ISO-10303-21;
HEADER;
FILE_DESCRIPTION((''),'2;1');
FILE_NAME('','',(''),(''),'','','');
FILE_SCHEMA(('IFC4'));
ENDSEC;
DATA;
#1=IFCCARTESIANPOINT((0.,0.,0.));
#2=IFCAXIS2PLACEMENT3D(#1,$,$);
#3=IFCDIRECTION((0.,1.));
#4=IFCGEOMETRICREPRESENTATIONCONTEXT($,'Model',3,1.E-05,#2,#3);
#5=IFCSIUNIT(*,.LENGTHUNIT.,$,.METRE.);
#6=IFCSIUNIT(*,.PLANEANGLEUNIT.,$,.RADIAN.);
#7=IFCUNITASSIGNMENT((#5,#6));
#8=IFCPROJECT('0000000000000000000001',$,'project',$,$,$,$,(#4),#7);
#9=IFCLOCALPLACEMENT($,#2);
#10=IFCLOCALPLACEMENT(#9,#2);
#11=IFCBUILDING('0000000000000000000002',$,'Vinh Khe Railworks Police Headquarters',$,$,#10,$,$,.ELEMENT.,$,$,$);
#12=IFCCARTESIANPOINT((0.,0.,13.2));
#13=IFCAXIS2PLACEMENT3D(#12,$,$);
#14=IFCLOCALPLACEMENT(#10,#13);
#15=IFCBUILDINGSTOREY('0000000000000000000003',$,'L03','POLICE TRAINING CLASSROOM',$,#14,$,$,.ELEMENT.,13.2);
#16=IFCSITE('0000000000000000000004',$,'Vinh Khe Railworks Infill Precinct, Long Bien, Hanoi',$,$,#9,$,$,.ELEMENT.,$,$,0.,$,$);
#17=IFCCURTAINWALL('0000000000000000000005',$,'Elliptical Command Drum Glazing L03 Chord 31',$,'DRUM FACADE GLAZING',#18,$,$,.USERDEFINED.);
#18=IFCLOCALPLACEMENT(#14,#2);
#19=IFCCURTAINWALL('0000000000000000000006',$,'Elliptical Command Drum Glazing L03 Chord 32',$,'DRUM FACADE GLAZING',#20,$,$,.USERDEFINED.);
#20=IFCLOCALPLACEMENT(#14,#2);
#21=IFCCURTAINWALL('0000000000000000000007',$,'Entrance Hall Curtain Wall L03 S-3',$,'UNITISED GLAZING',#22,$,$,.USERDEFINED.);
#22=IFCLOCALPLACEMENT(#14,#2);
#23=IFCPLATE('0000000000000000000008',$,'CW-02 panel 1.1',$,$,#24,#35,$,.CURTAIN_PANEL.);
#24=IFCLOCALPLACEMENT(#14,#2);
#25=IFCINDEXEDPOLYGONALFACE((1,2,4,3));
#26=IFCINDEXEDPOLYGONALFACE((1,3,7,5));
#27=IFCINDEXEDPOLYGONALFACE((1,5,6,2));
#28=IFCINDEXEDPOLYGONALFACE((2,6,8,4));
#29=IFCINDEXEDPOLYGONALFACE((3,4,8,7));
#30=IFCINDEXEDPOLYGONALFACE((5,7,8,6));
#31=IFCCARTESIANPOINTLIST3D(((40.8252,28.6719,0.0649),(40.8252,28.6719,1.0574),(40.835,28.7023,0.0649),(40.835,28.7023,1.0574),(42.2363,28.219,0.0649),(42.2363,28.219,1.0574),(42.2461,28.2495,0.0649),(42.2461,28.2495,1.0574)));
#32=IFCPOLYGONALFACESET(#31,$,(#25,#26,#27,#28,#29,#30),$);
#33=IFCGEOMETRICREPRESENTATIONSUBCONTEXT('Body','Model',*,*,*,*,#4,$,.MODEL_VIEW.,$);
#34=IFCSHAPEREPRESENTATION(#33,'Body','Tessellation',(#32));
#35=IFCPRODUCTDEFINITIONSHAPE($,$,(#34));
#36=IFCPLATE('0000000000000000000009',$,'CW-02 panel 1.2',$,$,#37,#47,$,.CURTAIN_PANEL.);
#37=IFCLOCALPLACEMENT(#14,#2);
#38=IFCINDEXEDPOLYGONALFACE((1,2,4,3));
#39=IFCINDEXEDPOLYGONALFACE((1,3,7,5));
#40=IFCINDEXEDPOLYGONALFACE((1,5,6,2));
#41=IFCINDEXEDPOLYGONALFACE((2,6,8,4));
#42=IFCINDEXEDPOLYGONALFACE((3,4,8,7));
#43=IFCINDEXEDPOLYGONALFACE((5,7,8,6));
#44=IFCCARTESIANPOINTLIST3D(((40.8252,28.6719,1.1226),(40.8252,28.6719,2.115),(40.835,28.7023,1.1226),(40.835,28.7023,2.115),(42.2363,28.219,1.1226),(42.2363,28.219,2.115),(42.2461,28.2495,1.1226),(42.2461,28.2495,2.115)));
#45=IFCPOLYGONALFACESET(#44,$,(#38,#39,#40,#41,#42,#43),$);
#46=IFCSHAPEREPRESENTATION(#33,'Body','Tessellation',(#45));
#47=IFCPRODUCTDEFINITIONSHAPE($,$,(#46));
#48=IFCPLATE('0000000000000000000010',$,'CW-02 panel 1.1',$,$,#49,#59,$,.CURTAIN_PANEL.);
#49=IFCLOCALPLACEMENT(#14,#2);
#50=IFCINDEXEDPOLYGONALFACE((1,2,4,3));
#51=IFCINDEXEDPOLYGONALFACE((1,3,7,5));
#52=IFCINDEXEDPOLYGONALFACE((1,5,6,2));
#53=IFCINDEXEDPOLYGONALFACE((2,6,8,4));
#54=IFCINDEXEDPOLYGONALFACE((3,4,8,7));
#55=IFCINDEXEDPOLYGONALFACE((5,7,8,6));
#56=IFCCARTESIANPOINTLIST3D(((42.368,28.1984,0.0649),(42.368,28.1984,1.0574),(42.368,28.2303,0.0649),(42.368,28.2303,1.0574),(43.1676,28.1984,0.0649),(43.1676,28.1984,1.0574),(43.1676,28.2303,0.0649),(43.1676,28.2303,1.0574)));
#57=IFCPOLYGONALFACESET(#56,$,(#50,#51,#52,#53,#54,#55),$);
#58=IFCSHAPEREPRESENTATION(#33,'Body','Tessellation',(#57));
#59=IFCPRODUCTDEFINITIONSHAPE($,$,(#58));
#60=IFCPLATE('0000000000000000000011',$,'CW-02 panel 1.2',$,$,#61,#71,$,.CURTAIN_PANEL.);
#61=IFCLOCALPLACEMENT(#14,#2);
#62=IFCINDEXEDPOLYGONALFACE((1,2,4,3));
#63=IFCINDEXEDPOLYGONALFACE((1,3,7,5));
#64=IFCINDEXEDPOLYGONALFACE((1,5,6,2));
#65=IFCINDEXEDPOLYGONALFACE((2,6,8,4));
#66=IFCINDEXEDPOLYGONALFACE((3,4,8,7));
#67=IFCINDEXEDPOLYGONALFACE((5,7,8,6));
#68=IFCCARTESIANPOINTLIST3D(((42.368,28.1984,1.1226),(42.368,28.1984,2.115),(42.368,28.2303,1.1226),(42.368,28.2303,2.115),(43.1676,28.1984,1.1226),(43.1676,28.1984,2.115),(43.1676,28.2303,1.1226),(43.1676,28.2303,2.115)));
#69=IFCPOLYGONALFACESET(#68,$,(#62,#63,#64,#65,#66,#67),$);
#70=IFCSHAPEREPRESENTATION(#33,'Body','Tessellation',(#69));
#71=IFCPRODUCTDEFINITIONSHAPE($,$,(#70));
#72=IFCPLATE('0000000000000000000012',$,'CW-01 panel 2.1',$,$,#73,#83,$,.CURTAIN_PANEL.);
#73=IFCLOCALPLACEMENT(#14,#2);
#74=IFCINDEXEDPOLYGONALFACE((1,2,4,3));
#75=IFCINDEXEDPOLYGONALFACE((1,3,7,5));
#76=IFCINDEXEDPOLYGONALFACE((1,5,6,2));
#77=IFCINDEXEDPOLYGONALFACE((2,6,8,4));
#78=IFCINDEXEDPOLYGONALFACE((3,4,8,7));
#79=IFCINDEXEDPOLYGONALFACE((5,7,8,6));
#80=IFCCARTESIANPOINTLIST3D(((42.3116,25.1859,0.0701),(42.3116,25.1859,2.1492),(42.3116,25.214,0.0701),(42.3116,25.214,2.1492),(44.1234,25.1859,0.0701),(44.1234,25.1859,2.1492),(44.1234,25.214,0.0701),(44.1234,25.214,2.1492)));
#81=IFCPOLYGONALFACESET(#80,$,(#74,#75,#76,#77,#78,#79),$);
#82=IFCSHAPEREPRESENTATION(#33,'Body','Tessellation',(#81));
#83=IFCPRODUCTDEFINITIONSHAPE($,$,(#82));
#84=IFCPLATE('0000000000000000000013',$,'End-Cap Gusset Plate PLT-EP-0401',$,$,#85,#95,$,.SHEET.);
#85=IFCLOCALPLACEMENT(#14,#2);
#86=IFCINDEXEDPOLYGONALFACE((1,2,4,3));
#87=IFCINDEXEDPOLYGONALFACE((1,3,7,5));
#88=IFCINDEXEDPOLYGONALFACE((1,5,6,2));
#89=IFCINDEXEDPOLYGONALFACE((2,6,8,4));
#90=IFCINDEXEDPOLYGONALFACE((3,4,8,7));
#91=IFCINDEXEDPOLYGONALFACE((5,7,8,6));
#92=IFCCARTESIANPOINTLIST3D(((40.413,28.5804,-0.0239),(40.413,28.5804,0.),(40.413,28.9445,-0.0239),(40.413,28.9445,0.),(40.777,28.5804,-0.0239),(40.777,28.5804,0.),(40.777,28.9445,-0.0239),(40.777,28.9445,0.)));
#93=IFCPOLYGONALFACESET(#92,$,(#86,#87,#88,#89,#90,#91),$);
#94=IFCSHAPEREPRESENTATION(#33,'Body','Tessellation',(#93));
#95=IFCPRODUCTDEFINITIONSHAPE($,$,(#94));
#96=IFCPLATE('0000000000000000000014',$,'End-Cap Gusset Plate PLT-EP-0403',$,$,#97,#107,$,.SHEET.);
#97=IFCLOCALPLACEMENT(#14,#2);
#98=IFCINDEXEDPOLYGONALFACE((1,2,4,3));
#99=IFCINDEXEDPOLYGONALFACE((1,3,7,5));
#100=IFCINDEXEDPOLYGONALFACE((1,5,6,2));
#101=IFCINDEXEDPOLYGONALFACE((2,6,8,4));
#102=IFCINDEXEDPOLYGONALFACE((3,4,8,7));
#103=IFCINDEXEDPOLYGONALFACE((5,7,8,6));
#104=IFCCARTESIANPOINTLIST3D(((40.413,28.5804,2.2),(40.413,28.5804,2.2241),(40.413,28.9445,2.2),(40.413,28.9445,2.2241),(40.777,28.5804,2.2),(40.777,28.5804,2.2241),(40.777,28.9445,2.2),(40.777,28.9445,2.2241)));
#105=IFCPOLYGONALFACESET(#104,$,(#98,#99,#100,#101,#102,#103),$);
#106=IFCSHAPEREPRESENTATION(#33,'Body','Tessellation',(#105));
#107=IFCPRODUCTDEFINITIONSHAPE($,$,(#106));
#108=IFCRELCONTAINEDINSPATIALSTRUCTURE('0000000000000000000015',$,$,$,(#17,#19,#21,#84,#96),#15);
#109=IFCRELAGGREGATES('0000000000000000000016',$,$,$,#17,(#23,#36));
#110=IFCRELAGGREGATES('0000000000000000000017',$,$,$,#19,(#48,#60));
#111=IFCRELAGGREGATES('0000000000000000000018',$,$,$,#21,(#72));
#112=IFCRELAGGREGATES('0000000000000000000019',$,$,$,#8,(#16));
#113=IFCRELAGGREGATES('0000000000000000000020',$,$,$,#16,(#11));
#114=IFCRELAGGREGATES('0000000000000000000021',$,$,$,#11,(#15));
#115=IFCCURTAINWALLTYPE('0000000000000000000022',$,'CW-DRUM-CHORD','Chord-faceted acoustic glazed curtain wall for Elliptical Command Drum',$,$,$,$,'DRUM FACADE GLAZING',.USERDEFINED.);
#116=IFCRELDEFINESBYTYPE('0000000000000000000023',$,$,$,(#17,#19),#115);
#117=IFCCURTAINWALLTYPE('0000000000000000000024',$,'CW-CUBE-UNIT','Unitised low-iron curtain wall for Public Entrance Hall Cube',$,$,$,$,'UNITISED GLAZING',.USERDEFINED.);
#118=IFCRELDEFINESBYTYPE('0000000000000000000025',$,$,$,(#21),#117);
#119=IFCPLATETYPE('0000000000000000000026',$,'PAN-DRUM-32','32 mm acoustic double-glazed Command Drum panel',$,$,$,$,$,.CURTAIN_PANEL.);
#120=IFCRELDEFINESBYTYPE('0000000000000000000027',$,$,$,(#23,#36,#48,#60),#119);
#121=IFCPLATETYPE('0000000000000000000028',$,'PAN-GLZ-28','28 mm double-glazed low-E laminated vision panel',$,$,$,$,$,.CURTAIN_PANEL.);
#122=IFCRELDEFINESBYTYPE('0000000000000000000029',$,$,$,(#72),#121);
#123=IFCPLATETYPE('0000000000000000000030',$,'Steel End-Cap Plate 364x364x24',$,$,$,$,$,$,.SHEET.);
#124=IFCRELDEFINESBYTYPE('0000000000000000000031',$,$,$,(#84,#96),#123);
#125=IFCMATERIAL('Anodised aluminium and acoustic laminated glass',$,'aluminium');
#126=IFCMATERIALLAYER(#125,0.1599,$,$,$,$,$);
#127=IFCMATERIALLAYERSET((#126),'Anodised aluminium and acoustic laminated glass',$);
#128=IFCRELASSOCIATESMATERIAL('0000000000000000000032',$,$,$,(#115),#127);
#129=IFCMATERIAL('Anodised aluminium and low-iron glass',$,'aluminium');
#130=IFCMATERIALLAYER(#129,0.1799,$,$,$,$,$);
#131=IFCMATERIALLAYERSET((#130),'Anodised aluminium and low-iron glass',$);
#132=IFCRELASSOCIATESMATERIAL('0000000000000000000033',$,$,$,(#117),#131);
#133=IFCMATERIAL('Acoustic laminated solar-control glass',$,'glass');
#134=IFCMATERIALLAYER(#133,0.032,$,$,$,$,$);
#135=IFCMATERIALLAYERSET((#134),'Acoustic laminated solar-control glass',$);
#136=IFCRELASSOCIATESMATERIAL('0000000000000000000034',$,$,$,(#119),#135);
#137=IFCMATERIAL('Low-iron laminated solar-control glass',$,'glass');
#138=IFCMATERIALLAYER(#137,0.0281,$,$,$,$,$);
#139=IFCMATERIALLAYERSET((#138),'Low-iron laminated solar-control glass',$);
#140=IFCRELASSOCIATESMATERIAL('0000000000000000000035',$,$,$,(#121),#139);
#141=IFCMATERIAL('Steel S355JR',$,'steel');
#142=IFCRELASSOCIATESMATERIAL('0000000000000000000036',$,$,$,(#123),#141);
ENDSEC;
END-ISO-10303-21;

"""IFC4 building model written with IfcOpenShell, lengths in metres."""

from ifc_helpers import new_model, si_unit, direction, frame, origin, origin_2d, place, context, subcontext, project, spatial, rectangle, extrude, material, layer, layer_set, material_profile, profile_set, type_object, element, aggregate, save


model = new_model("IFC4")

# Units and contexts
model_context = context("Model", 3, precision=1e-05, world=origin(), true_north=direction((0.0, 1.0)))
body_context = subcontext(model_context, "Body", "Model", "MODEL_VIEW")
ifc_project = project(units=[si_unit("LENGTHUNIT", "METRE"), si_unit("PLANEANGLEUNIT", "RADIAN")], contexts=[model_context])

# Site, building, storey
site_placement = place(None, origin())
site = spatial("IfcSite", under=ifc_project, at=site_placement, Name="Vinh Khe Railworks Infill Precinct, Long Bien, Hanoi", CompositionType="ELEMENT", RefElevation=0.0)
building_placement = place(site_placement, origin())
building = spatial("IfcBuilding", under=site, at=building_placement, Name="Vinh Khe Railworks Police Headquarters", CompositionType="ELEMENT")
storey_placement = place(building_placement, frame((0.0, 0.0, 13.2)))
storey = spatial("IfcBuildingStorey", under=building, at=storey_placement, Name="L03", Description="POLICE TRAINING CLASSROOM", CompositionType="ELEMENT", Elevation=13.2)

# Shared definitions
ifc_material_1 = material(Name="Steel S355JR", Category="steel")

# Shared definitions
ifc_material_2 = material(Name="Anodised aluminium and acoustic laminated glass", Category="aluminium")
ifc_layer_1 = layer(ifc_material_2, 0.1599)
ifc_layer_set_1 = layer_set([ifc_layer_1], Name="Anodised aluminium and acoustic laminated glass")
curtain_wall_type_1 = type_object("IfcCurtainWallType", Name="CW-DRUM-CHORD", Description="Chord-faceted acoustic glazed curtain wall for Elliptical Command Drum", ElementType="DRUM FACADE GLAZING", PredefinedType="USERDEFINED", material=ifc_layer_set_1)

# Curtain walls
curtain_wall_1_placement = place(storey_placement, origin())
curtain_wall_1 = element("IfcCurtainWall", 1, at=curtain_wall_1_placement, inside=storey, type_object=curtain_wall_type_1, Name="Elliptical Command Drum Glazing L03 Chord 31", ObjectType="DRUM FACADE GLAZING", PredefinedType="USERDEFINED")
curtain_wall_2_placement = place(storey_placement, origin())
curtain_wall_2 = element("IfcCurtainWall", 2, at=curtain_wall_2_placement, inside=storey, type_object=curtain_wall_type_1, Name="Elliptical Command Drum Glazing L03 Chord 32", ObjectType="DRUM FACADE GLAZING", PredefinedType="USERDEFINED")

# Curtain wall
ifc_material_3 = material(Name="Anodised aluminium and low-iron glass", Category="aluminium")
ifc_layer_2 = layer(ifc_material_3, 0.1799)
ifc_layer_set_2 = layer_set([ifc_layer_2], Name="Anodised aluminium and low-iron glass")
curtain_wall_type_2 = type_object("IfcCurtainWallType", Name="CW-CUBE-UNIT", Description="Unitised low-iron curtain wall for Public Entrance Hall Cube", ElementType="UNITISED GLAZING", PredefinedType="USERDEFINED", material=ifc_layer_set_2)
curtain_wall_3_placement = place(storey_placement, origin())
curtain_wall_3 = element("IfcCurtainWall", 3, at=curtain_wall_3_placement, inside=storey, type_object=curtain_wall_type_2, Name="Entrance Hall Curtain Wall L03 S-3", ObjectType="UNITISED GLAZING", PredefinedType="USERDEFINED")

# Plates
ifc_material_4 = material(Name="Acoustic laminated solar-control glass", Category="glass")
ifc_layer_3 = layer(ifc_material_4, 0.032)
ifc_layer_set_3 = layer_set([ifc_layer_3], Name="Acoustic laminated solar-control glass")
plate_type_1 = type_object("IfcPlateType", Name="PAN-DRUM-32", Description="32 mm acoustic double-glazed Command Drum panel", PredefinedType="CURTAIN_PANEL", material=ifc_layer_set_3)
plate_1_placement = place(storey_placement, frame((41.5356, 28.4607, 0.0649), z_axis=(0.0, 0.0, 1.0), x_axis=(0.952167, -0.305579, 0.0)))
plate_1 = element("IfcPlate", 4, at=plate_1_placement, type_object=plate_type_1, Name="CW-02 panel 1.1", PredefinedType="CURTAIN_PANEL", context=body_context, shape_type="SweptSolid", body=[
    extrude(rectangle(XDim=1.4819, YDim=0.032, at=origin_2d()), origin(), (0.0, 0.0, 1.0), 0.9924),
])
plate_2_placement = place(storey_placement, frame((41.5356, 28.4607, 1.1226), z_axis=(0.0, 0.0, 1.0), x_axis=(0.952167, -0.305579, 0.0)))
plate_2 = element("IfcPlate", 5, at=plate_2_placement, type_object=plate_type_1, Name="CW-02 panel 1.2", PredefinedType="CURTAIN_PANEL", context=body_context, shape_type="SweptSolid", body=[
    extrude(rectangle(XDim=1.4819, YDim=0.032, at=origin_2d()), origin(), (0.0, 0.0, 1.0), 0.9924),
])
aggregate(curtain_wall_1, [plate_1, plate_2])
plate_3_placement = place(storey_placement, frame((42.7678, 28.2144, 0.0649), z_axis=(0.0, 0.0, 1.0), x_axis=(1.0, 0.0, 0.0)))
plate_3 = element("IfcPlate", 6, at=plate_3_placement, type_object=plate_type_1, Name="CW-02 panel 1.1", PredefinedType="CURTAIN_PANEL", context=body_context, shape_type="SweptSolid", body=[
    extrude(rectangle(XDim=0.7996, YDim=0.032, at=origin_2d()), origin(), (0.0, 0.0, 1.0), 0.9924),
])
plate_4_placement = place(storey_placement, frame((42.7678, 28.2144, 1.1226), z_axis=(0.0, 0.0, 1.0), x_axis=(1.0, 0.0, 0.0)))
plate_4 = element("IfcPlate", 7, at=plate_4_placement, type_object=plate_type_1, Name="CW-02 panel 1.2", PredefinedType="CURTAIN_PANEL", context=body_context, shape_type="SweptSolid", body=[
    extrude(rectangle(XDim=0.7996, YDim=0.032, at=origin_2d()), origin(), (0.0, 0.0, 1.0), 0.9924),
])
aggregate(curtain_wall_2, [plate_3, plate_4])
ifc_material_5 = material(Name="Low-iron laminated solar-control glass", Category="glass")
ifc_layer_4 = layer(ifc_material_5, 0.0281)
ifc_layer_set_4 = layer_set([ifc_layer_4], Name="Low-iron laminated solar-control glass")
plate_type_2 = type_object("IfcPlateType", Name="PAN-GLZ-28", Description="28 mm double-glazed low-E laminated vision panel", PredefinedType="CURTAIN_PANEL", material=ifc_layer_set_4)
plate_5_placement = place(storey_placement, frame((43.2175, 25.2, 0.0701), z_axis=(0.0, 0.0, 1.0), x_axis=(1.0, 0.0, 0.0)))
plate_5 = element("IfcPlate", 8, at=plate_5_placement, type_object=plate_type_2, Name="CW-01 panel 2.1", PredefinedType="CURTAIN_PANEL", context=body_context, shape_type="SweptSolid", body=[
    extrude(rectangle(XDim=1.8118, YDim=0.0281, at=origin_2d()), origin(), (0.0, 0.0, 1.0), 2.0791),
])
aggregate(curtain_wall_3, [plate_5])

# Plates
ifc_material_profile_1 = material_profile(ifc_material_1, rectangle(XDim=0.364, YDim=0.364, at=origin_2d()), Name="PL 364x364")
ifc_profile_set_1 = profile_set([ifc_material_profile_1], Name="Steel S355JR")
plate_type_3 = type_object("IfcPlateType", Name="Steel End-Cap Plate 364x364x24", PredefinedType="SHEET", material=ifc_profile_set_1)
plate_6_placement = place(storey_placement, frame((40.595, 28.7625, 0.0), z_axis=(0.0, 0.0, -1.0), x_axis=(1.0, 0.0, 0.0)))
element("IfcPlate", 9, at=plate_6_placement, inside=storey, type_object=plate_type_3, Name="End-Cap Gusset Plate PLT-EP-0401", PredefinedType="SHEET", context=body_context, shape_type="SweptSolid", body=[
    extrude(rectangle(XDim=0.364, YDim=0.364, at=origin_2d()), origin(), (0.0, 0.0, 1.0), 0.0239),
])
plate_7_placement = place(storey_placement, frame((40.595, 28.7625, 2.2), z_axis=(0.0, 0.0, 1.0), x_axis=(1.0, 0.0, 0.0)))
element("IfcPlate", 10, at=plate_7_placement, inside=storey, type_object=plate_type_3, Name="End-Cap Gusset Plate PLT-EP-0403", PredefinedType="SHEET", context=body_context, shape_type="SweptSolid", body=[
    extrude(rectangle(XDim=0.364, YDim=0.364, at=origin_2d()), origin(), (0.0, 0.0, 1.0), 0.0242),
])

save(model, "model.ifc")
